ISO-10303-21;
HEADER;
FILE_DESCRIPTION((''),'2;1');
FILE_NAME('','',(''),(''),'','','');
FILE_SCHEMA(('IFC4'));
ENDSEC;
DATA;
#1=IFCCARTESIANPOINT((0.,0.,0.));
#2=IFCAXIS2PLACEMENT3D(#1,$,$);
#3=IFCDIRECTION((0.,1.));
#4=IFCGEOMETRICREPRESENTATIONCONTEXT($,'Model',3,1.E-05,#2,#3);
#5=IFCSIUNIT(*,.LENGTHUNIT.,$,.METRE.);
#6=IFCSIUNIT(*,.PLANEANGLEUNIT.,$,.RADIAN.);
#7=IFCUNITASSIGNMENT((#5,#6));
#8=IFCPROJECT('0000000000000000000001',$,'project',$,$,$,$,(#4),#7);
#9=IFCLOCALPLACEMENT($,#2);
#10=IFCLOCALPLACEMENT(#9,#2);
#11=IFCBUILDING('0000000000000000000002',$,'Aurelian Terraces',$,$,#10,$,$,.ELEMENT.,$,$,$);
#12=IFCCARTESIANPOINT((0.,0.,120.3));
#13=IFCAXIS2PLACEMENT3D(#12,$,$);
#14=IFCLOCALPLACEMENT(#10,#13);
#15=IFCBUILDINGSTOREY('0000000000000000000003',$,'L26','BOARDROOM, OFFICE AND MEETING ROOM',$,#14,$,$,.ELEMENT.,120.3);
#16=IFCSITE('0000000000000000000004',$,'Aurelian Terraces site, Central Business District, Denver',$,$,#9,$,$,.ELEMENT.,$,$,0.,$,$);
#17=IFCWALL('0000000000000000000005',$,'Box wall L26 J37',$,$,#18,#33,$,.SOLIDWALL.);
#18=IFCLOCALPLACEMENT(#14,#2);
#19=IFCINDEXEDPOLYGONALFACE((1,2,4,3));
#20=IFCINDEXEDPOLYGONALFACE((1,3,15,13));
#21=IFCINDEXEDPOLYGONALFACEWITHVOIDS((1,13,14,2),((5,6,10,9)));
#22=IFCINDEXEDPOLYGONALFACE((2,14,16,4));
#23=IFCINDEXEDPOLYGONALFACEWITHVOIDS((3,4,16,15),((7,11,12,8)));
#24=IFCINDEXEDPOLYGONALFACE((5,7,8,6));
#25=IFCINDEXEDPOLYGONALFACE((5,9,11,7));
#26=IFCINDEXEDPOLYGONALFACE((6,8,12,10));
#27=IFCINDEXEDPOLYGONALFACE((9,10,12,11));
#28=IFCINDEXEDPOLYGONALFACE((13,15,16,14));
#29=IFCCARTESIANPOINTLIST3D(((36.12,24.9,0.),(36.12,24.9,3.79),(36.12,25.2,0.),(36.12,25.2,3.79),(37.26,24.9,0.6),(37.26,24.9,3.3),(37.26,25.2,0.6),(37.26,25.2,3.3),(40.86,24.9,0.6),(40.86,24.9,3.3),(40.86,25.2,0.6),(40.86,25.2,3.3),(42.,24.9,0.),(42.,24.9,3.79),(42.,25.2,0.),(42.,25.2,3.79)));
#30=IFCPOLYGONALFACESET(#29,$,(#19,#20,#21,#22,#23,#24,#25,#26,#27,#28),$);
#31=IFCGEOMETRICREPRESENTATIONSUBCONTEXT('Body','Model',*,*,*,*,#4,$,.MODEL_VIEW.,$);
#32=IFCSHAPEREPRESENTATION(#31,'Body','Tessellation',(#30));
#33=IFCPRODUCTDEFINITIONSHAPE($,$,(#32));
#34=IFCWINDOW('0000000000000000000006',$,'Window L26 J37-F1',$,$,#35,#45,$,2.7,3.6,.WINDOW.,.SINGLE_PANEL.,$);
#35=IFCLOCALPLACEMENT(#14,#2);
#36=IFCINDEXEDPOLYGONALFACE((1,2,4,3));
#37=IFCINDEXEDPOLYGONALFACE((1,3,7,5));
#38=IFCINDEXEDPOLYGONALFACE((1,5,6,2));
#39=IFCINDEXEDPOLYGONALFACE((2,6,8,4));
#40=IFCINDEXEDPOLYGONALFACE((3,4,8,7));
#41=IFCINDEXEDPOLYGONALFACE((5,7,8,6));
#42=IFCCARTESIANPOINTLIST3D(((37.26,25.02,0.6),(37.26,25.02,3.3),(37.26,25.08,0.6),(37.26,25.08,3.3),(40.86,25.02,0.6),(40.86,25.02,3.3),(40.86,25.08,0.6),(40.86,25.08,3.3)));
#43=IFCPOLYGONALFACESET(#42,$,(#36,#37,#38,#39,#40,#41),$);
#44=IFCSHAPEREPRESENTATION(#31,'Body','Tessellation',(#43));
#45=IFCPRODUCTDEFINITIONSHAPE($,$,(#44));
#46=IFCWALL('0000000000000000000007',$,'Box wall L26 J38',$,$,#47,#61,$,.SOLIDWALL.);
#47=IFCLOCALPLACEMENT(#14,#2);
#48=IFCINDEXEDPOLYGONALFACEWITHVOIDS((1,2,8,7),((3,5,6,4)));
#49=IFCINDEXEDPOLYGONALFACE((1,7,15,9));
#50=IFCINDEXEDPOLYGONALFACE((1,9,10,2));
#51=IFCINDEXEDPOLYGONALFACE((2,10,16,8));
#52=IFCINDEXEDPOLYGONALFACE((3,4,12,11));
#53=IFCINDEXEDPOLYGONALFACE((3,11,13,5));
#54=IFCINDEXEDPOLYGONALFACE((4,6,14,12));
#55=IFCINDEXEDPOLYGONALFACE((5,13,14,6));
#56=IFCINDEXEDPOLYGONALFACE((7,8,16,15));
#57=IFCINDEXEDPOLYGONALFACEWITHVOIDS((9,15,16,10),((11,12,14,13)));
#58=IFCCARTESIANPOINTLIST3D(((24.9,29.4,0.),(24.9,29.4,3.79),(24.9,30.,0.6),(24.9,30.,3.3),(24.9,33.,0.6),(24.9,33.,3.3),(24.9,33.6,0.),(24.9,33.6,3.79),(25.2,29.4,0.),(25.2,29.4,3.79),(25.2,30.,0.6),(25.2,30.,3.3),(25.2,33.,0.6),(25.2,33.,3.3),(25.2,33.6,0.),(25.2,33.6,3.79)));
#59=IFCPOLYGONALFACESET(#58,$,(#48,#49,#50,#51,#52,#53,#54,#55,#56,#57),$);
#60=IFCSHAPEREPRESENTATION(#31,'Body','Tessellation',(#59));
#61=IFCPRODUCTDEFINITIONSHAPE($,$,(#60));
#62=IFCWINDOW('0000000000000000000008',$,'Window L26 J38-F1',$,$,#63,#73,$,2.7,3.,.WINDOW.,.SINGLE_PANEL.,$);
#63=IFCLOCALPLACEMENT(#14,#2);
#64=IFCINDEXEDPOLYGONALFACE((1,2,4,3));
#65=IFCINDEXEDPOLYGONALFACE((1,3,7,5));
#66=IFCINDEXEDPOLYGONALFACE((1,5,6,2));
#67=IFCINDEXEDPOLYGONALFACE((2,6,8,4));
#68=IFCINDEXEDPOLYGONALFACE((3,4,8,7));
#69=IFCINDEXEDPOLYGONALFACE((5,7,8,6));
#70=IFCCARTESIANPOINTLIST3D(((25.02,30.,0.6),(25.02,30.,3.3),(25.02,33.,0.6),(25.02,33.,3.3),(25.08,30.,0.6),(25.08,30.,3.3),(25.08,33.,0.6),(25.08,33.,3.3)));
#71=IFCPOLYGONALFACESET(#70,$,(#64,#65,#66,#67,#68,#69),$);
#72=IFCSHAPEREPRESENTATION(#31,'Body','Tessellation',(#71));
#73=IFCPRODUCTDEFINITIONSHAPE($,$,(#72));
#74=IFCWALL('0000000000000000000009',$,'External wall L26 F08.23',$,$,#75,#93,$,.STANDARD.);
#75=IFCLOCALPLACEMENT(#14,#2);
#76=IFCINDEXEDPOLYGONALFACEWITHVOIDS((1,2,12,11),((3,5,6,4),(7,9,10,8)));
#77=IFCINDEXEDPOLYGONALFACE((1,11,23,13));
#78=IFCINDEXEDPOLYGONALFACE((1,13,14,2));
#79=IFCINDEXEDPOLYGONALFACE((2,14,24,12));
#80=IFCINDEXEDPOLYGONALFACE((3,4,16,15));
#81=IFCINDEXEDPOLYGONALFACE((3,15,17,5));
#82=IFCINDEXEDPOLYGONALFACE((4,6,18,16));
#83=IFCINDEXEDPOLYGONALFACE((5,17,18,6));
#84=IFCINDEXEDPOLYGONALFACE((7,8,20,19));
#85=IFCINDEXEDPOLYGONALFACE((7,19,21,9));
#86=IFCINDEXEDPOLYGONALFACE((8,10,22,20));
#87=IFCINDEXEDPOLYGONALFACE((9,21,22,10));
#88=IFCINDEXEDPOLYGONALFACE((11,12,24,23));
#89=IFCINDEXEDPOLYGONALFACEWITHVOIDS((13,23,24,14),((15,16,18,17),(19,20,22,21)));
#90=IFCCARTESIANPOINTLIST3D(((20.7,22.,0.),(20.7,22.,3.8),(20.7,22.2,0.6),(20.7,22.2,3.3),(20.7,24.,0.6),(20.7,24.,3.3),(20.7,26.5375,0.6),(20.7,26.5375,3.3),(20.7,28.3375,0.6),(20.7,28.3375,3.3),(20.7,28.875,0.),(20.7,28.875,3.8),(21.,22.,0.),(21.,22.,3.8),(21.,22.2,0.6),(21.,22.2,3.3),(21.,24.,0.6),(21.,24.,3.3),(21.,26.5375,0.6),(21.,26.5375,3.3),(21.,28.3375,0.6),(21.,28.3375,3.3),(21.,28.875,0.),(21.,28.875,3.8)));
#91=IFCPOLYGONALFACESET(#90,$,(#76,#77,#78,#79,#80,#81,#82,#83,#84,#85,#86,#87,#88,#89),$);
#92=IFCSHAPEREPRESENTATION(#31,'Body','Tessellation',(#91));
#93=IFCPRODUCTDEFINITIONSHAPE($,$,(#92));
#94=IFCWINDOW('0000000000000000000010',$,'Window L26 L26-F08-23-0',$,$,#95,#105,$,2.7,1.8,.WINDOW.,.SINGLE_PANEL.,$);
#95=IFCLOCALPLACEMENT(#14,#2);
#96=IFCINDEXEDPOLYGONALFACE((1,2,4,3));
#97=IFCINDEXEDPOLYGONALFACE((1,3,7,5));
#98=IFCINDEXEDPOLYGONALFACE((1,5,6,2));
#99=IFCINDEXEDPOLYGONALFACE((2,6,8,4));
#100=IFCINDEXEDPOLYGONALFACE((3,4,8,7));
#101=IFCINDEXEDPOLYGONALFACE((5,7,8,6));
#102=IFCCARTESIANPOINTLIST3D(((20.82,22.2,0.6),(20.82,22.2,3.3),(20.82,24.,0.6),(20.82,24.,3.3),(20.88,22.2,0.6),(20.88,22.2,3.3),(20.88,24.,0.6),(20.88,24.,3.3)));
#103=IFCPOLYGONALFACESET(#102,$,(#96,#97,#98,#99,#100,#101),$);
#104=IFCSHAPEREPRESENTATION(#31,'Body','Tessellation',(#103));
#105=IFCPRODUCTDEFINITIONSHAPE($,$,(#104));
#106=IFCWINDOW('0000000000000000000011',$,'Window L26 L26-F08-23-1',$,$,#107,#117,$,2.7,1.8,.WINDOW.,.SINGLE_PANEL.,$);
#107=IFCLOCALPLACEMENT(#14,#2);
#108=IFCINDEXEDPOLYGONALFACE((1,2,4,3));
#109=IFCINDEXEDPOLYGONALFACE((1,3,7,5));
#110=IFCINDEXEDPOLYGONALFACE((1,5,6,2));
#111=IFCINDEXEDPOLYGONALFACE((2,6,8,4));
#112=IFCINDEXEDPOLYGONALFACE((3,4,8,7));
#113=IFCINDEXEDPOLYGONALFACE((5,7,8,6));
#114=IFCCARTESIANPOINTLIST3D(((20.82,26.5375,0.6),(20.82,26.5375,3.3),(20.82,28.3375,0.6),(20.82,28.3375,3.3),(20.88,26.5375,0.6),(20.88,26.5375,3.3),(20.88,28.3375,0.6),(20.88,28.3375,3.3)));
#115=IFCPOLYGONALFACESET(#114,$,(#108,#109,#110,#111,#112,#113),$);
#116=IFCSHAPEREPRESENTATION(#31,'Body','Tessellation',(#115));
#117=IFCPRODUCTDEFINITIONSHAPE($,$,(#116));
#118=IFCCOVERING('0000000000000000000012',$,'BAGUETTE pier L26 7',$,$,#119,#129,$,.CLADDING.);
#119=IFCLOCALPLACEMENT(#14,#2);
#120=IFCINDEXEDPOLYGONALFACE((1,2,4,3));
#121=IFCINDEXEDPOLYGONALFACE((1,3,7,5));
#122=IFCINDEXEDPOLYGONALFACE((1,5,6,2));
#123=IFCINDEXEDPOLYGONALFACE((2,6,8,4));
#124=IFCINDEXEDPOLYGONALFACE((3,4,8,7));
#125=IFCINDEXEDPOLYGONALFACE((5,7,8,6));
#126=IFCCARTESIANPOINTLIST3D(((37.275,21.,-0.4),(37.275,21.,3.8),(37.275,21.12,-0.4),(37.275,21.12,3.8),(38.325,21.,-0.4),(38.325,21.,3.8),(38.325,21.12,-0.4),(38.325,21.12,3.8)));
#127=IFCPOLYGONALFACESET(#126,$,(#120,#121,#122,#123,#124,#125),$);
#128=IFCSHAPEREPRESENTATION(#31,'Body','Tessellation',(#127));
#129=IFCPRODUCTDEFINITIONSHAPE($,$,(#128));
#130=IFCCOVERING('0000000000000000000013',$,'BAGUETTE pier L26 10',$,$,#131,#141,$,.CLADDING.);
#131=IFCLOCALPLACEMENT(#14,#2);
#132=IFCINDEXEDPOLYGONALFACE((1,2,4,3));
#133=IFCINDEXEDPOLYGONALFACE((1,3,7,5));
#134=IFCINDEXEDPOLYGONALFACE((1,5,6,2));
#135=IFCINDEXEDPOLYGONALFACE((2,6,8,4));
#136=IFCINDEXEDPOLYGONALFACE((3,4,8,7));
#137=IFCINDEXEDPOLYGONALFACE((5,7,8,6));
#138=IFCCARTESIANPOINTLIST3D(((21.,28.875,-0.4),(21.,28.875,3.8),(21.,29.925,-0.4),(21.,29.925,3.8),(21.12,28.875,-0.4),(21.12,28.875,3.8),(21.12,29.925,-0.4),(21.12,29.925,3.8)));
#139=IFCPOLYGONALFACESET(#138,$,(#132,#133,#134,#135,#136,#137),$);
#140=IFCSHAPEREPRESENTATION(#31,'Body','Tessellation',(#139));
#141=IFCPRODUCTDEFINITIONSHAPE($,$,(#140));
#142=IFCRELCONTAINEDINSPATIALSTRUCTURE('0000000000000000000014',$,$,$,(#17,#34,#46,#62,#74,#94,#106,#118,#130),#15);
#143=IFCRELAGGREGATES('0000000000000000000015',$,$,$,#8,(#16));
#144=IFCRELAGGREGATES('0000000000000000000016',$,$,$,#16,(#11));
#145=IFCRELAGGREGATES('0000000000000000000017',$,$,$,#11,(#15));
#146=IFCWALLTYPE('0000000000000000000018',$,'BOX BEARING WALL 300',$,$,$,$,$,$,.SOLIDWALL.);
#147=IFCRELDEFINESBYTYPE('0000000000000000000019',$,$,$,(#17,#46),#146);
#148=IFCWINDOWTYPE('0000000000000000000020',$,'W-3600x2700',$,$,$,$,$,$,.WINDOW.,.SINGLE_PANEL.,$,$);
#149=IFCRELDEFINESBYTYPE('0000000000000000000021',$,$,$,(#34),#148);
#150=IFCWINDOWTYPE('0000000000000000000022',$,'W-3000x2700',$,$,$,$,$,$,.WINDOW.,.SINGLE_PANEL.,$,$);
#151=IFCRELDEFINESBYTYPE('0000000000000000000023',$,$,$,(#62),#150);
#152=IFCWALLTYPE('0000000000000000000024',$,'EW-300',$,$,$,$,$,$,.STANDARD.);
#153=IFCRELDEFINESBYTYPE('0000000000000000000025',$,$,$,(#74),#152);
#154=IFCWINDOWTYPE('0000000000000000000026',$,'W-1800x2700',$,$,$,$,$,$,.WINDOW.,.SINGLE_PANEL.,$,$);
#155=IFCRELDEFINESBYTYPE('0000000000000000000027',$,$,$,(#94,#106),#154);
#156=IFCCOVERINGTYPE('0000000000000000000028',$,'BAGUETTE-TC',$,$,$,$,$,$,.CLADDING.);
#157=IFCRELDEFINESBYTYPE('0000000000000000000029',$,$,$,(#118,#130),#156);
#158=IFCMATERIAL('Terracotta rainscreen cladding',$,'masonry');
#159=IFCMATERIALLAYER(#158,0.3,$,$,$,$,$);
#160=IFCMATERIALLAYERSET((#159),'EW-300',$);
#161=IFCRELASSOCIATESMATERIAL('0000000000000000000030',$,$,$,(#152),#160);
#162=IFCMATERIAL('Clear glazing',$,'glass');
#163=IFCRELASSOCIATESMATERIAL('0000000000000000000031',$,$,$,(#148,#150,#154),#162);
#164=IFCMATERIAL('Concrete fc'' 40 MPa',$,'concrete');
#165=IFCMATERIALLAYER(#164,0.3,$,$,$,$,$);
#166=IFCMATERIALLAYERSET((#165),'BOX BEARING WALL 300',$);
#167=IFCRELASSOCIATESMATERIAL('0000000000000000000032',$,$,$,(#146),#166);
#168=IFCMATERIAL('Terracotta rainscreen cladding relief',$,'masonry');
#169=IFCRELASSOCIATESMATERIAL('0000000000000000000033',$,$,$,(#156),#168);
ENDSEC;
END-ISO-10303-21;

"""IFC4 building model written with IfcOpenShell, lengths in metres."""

from ifc_helpers import new_model, si_unit, direction, frame, frame_2d, origin, origin_2d, place, context, subcontext, project, spatial, rectangle, extrude, source, transform, mapped, material, layer, layer_set, type_object, element, fill, save


model = new_model("IFC4")

# Units and contexts
model_context = context("Model", 3, precision=1e-05, world=origin(), true_north=direction((0.0, 1.0)))
body_context = subcontext(model_context, "Body", "Model", "MODEL_VIEW")
ifc_project = project(units=[si_unit("LENGTHUNIT", "METRE"), si_unit("PLANEANGLEUNIT", "RADIAN")], contexts=[model_context])

# Site, building, storey
site_placement = place(None, origin())
site = spatial("IfcSite", under=ifc_project, at=site_placement, Name="Aurelian Terraces site, Central Business District, Denver", CompositionType="ELEMENT", RefElevation=0.0)
building_placement = place(site_placement, origin())
building = spatial("IfcBuilding", under=site, at=building_placement, Name="Aurelian Terraces", CompositionType="ELEMENT")
storey_placement = place(building_placement, frame((0.0, 0.0, 120.3)))
storey = spatial("IfcBuildingStorey", under=building, at=storey_placement, Name="L26", Description="BOARDROOM, OFFICE AND MEETING ROOM", CompositionType="ELEMENT", Elevation=120.3)

# Shared definitions
ifc_material_1 = material(Name="Terracotta rainscreen cladding", Category="masonry")
ifc_layer_1 = layer(ifc_material_1, 0.3)
ifc_layer_set_1 = layer_set([ifc_layer_1], Name="EW-300")
wall_type_1 = type_object("IfcWallType", Name="EW-300", PredefinedType="STANDARD", material=ifc_layer_set_1)
ifc_material_2 = material(Name="Clear glazing", Category="glass")

# Walls, openings, windows
shared_shape_1 = source(origin(), body_context, "Body", "SweptSolid", [
    extrude(rectangle(XDim=3.6, YDim=2.7, at=frame_2d((1.8, 1.35))), frame((0.0, 0.16, 0.0), z_axis=(0.0, -1.0, 0.0), x_axis=(1.0, 0.0, 0.0)), (0.0, 0.0, 1.0), 0.32),
])
window_type_1 = type_object("IfcWindowType", Name="W-3600x2700", PartitioningType="SINGLE_PANEL", PredefinedType="WINDOW", material=ifc_material_2)
shared_shape_2 = source(origin(), body_context, "Body", "SweptSolid", [
    extrude(rectangle(XDim=3.6, YDim=2.7, at=frame_2d((1.8, 1.35))), frame((0.0, 0.03, 0.0), z_axis=(0.0, -1.0, 0.0), x_axis=(1.0, 0.0, 0.0)), (0.0, 0.0, 1.0), 0.06),
])
ifc_material_3 = material(Name="Concrete fc' 40 MPa", Category="concrete")
ifc_layer_2 = layer(ifc_material_3, 0.3)
ifc_layer_set_2 = layer_set([ifc_layer_2], Name="BOX BEARING WALL 300")
wall_type_2 = type_object("IfcWallType", Name="BOX BEARING WALL 300", PredefinedType="SOLIDWALL", material=ifc_layer_set_2)
shared_shape_3 = source(origin(), body_context, "Body", "SweptSolid", [
    extrude(rectangle(XDim=5.88, YDim=0.3, at=frame_2d((2.94, 0.0))), origin(), (0.0, 0.0, 1.0), 3.79),
])
wall_1_placement = place(storey_placement, frame((42.0, 25.05, 0.0), z_axis=(0.0, 0.0, 1.0), x_axis=(-1.0, 0.0, 0.0)))
wall_1 = element("IfcWall", 1, at=wall_1_placement, inside=storey, type_object=wall_type_2, Name="Box wall L26 J37", PredefinedType="SOLIDWALL", context=body_context, shape_type="MappedRepresentation", body=[
    mapped(shared_shape_3, transform((0.0, 0.0, 0.0), scale=1.0)),
])
opening_1_placement = place(wall_1_placement, frame((1.14, 0.0, 0.6)))
opening_1 = element("IfcOpeningElement", 2, at=opening_1_placement, cuts=wall_1, PredefinedType="OPENING", context=body_context, shape_type="MappedRepresentation", body=[
    mapped(shared_shape_1, transform((0.0, 0.0, 0.0), scale=1.0)),
])
window_1_placement = place(opening_1_placement, origin())
window_1 = element("IfcWindow", 3, at=window_1_placement, inside=storey, type_object=window_type_1, Name="Window L26 J37-F1", OverallHeight=2.7, OverallWidth=3.6, PartitioningType="SINGLE_PANEL", PredefinedType="WINDOW", context=body_context, shape_type="MappedRepresentation", body=[
    mapped(shared_shape_2, transform((0.0, 0.0, 0.0), scale=1.0)),
])
fill(opening_1, window_1)
shared_shape_4 = source(origin(), body_context, "Body", "SweptSolid", [
    extrude(rectangle(XDim=4.2, YDim=0.3, at=frame_2d((2.1, 0.0))), origin(), (0.0, 0.0, 1.0), 3.79),
])
wall_2_placement = place(storey_placement, frame((25.05, 29.4, 0.0), z_axis=(0.0, 0.0, 1.0), x_axis=(0.0, 1.0, 0.0)))
wall_2 = element("IfcWall", 4, at=wall_2_placement, inside=storey, type_object=wall_type_2, Name="Box wall L26 J38", PredefinedType="SOLIDWALL", context=body_context, shape_type="MappedRepresentation", body=[
    mapped(shared_shape_4, transform((0.0, 0.0, 0.0), scale=1.0)),
])
shared_shape_5 = source(origin(), body_context, "Body", "SweptSolid", [
    extrude(rectangle(XDim=3.0, YDim=2.7, at=frame_2d((1.5, 1.35))), frame((0.0, 0.16, 0.0), z_axis=(0.0, -1.0, 0.0), x_axis=(1.0, 0.0, 0.0)), (0.0, 0.0, 1.0), 0.32),
])
opening_2_placement = place(wall_2_placement, frame((0.6, 0.0, 0.6)))
opening_2 = element("IfcOpeningElement", 5, at=opening_2_placement, cuts=wall_2, PredefinedType="OPENING", context=body_context, shape_type="MappedRepresentation", body=[
    mapped(shared_shape_5, transform((0.0, 0.0, 0.0), scale=1.0)),
])
window_type_2 = type_object("IfcWindowType", Name="W-3000x2700", PartitioningType="SINGLE_PANEL", PredefinedType="WINDOW", material=ifc_material_2)
shared_shape_6 = source(origin(), body_context, "Body", "SweptSolid", [
    extrude(rectangle(XDim=3.0, YDim=2.7, at=frame_2d((1.5, 1.35))), frame((0.0, 0.03, 0.0), z_axis=(0.0, -1.0, 0.0), x_axis=(1.0, 0.0, 0.0)), (0.0, 0.0, 1.0), 0.06),
])
window_2_placement = place(opening_2_placement, origin())
window_2 = element("IfcWindow", 6, at=window_2_placement, inside=storey, type_object=window_type_2, Name="Window L26 J38-F1", OverallHeight=2.7, OverallWidth=3.0, PartitioningType="SINGLE_PANEL", PredefinedType="WINDOW", context=body_context, shape_type="MappedRepresentation", body=[
    mapped(shared_shape_6, transform((0.0, 0.0, 0.0), scale=1.0)),
])
fill(opening_2, window_2)

# Wall, openings, windows
shared_shape_7 = source(origin(), body_context, "Body", "SweptSolid", [
    extrude(rectangle(XDim=6.875, YDim=0.3, at=frame_2d((3.4375, 0.0))), origin(), (0.0, 0.0, 1.0), 3.8),
])
wall_3_placement = place(storey_placement, frame((20.85, 22.0, 0.0), z_axis=(0.0, 0.0, 1.0), x_axis=(0.0, 1.0, 0.0)))
wall_3 = element("IfcWall", 7, at=wall_3_placement, inside=storey, type_object=wall_type_1, Name="External wall L26 F08.23", PredefinedType="STANDARD", context=body_context, shape_type="MappedRepresentation", body=[
    mapped(shared_shape_7, transform((0.0, 0.0, 0.0), scale=1.0)),
])
shared_shape_8 = source(origin(), body_context, "Body", "SweptSolid", [
    extrude(rectangle(XDim=1.8, YDim=2.7, at=frame_2d((0.9, 1.35))), frame((0.0, 0.16, 0.0), z_axis=(0.0, -1.0, 0.0), x_axis=(1.0, 0.0, 0.0)), (0.0, 0.0, 1.0), 0.32),
])
opening_3_placement = place(wall_3_placement, frame((0.2, 0.0, 0.6)))
opening_3 = element("IfcOpeningElement", 8, at=opening_3_placement, cuts=wall_3, PredefinedType="OPENING", context=body_context, shape_type="MappedRepresentation", body=[
    mapped(shared_shape_8, transform((0.0, 0.0, 0.0), scale=1.0)),
])
opening_4_placement = place(wall_3_placement, frame((4.5375, 0.0, 0.6)))
opening_4 = element("IfcOpeningElement", 9, at=opening_4_placement, cuts=wall_3, PredefinedType="OPENING", context=body_context, shape_type="MappedRepresentation", body=[
    mapped(shared_shape_8, transform((0.0, 0.0, 0.0), scale=1.0)),
])
window_type_3 = type_object("IfcWindowType", Name="W-1800x2700", PartitioningType="SINGLE_PANEL", PredefinedType="WINDOW", material=ifc_material_2)
shared_shape_9 = source(origin(), body_context, "Body", "SweptSolid", [
    extrude(rectangle(XDim=1.8, YDim=2.7, at=frame_2d((0.9, 1.35))), frame((0.0, 0.03, 0.0), z_axis=(0.0, -1.0, 0.0), x_axis=(1.0, 0.0, 0.0)), (0.0, 0.0, 1.0), 0.06),
])
window_3_placement = place(opening_3_placement, origin())
window_3 = element("IfcWindow", 10, at=window_3_placement, inside=storey, type_object=window_type_3, Name="Window L26 L26-F08-23-0", OverallHeight=2.7, OverallWidth=1.8, PartitioningType="SINGLE_PANEL", PredefinedType="WINDOW", context=body_context, shape_type="MappedRepresentation", body=[
    mapped(shared_shape_9, transform((0.0, 0.0, 0.0), scale=1.0)),
])
fill(opening_3, window_3)
window_4_placement = place(opening_4_placement, origin())
window_4 = element("IfcWindow", 11, at=window_4_placement, inside=storey, type_object=window_type_3, Name="Window L26 L26-F08-23-1", OverallHeight=2.7, OverallWidth=1.8, PartitioningType="SINGLE_PANEL", PredefinedType="WINDOW", context=body_context, shape_type="MappedRepresentation", body=[
    mapped(shared_shape_9, transform((0.0, 0.0, 0.0), scale=1.0)),
])
fill(opening_4, window_4)

# Coverings
ifc_material_4 = material(Name="Terracotta rainscreen cladding relief", Category="masonry")
covering_type = type_object("IfcCoveringType", Name="BAGUETTE-TC", PredefinedType="CLADDING", material=ifc_material_4)
shared_shape_10 = source(origin(), body_context, "Body", "SweptSolid", [
    extrude(rectangle(XDim=1.05, YDim=0.12, at=origin_2d()), origin(), (0.0, 0.0, 1.0), 4.2),
])
covering_1_placement = place(storey_placement, frame((37.8, 21.06, -0.4), z_axis=(0.0, 0.0, 1.0), x_axis=(1.0, 0.0, 0.0)))
element("IfcCovering", 12, at=covering_1_placement, inside=storey, type_object=covering_type, Name="BAGUETTE pier L26 7", PredefinedType="CLADDING", context=body_context, shape_type="MappedRepresentation", body=[
    mapped(shared_shape_10, transform((0.0, 0.0, 0.0), scale=1.0)),
])
shared_shape_11 = source(origin(), body_context, "Body", "SweptSolid", [
    extrude(rectangle(XDim=0.12, YDim=1.05, at=origin_2d()), origin(), (0.0, 0.0, 1.0), 4.2),
])
covering_2_placement = place(storey_placement, frame((21.06, 29.4, -0.4), z_axis=(0.0, 0.0, 1.0), x_axis=(1.0, 0.0, 0.0)))
element("IfcCovering", 13, at=covering_2_placement, inside=storey, type_object=covering_type, Name="BAGUETTE pier L26 10", PredefinedType="CLADDING", context=body_context, shape_type="MappedRepresentation", body=[
    mapped(shared_shape_11, transform((0.0, 0.0, 0.0), scale=1.0)),
])

save(model, "model.ifc")
